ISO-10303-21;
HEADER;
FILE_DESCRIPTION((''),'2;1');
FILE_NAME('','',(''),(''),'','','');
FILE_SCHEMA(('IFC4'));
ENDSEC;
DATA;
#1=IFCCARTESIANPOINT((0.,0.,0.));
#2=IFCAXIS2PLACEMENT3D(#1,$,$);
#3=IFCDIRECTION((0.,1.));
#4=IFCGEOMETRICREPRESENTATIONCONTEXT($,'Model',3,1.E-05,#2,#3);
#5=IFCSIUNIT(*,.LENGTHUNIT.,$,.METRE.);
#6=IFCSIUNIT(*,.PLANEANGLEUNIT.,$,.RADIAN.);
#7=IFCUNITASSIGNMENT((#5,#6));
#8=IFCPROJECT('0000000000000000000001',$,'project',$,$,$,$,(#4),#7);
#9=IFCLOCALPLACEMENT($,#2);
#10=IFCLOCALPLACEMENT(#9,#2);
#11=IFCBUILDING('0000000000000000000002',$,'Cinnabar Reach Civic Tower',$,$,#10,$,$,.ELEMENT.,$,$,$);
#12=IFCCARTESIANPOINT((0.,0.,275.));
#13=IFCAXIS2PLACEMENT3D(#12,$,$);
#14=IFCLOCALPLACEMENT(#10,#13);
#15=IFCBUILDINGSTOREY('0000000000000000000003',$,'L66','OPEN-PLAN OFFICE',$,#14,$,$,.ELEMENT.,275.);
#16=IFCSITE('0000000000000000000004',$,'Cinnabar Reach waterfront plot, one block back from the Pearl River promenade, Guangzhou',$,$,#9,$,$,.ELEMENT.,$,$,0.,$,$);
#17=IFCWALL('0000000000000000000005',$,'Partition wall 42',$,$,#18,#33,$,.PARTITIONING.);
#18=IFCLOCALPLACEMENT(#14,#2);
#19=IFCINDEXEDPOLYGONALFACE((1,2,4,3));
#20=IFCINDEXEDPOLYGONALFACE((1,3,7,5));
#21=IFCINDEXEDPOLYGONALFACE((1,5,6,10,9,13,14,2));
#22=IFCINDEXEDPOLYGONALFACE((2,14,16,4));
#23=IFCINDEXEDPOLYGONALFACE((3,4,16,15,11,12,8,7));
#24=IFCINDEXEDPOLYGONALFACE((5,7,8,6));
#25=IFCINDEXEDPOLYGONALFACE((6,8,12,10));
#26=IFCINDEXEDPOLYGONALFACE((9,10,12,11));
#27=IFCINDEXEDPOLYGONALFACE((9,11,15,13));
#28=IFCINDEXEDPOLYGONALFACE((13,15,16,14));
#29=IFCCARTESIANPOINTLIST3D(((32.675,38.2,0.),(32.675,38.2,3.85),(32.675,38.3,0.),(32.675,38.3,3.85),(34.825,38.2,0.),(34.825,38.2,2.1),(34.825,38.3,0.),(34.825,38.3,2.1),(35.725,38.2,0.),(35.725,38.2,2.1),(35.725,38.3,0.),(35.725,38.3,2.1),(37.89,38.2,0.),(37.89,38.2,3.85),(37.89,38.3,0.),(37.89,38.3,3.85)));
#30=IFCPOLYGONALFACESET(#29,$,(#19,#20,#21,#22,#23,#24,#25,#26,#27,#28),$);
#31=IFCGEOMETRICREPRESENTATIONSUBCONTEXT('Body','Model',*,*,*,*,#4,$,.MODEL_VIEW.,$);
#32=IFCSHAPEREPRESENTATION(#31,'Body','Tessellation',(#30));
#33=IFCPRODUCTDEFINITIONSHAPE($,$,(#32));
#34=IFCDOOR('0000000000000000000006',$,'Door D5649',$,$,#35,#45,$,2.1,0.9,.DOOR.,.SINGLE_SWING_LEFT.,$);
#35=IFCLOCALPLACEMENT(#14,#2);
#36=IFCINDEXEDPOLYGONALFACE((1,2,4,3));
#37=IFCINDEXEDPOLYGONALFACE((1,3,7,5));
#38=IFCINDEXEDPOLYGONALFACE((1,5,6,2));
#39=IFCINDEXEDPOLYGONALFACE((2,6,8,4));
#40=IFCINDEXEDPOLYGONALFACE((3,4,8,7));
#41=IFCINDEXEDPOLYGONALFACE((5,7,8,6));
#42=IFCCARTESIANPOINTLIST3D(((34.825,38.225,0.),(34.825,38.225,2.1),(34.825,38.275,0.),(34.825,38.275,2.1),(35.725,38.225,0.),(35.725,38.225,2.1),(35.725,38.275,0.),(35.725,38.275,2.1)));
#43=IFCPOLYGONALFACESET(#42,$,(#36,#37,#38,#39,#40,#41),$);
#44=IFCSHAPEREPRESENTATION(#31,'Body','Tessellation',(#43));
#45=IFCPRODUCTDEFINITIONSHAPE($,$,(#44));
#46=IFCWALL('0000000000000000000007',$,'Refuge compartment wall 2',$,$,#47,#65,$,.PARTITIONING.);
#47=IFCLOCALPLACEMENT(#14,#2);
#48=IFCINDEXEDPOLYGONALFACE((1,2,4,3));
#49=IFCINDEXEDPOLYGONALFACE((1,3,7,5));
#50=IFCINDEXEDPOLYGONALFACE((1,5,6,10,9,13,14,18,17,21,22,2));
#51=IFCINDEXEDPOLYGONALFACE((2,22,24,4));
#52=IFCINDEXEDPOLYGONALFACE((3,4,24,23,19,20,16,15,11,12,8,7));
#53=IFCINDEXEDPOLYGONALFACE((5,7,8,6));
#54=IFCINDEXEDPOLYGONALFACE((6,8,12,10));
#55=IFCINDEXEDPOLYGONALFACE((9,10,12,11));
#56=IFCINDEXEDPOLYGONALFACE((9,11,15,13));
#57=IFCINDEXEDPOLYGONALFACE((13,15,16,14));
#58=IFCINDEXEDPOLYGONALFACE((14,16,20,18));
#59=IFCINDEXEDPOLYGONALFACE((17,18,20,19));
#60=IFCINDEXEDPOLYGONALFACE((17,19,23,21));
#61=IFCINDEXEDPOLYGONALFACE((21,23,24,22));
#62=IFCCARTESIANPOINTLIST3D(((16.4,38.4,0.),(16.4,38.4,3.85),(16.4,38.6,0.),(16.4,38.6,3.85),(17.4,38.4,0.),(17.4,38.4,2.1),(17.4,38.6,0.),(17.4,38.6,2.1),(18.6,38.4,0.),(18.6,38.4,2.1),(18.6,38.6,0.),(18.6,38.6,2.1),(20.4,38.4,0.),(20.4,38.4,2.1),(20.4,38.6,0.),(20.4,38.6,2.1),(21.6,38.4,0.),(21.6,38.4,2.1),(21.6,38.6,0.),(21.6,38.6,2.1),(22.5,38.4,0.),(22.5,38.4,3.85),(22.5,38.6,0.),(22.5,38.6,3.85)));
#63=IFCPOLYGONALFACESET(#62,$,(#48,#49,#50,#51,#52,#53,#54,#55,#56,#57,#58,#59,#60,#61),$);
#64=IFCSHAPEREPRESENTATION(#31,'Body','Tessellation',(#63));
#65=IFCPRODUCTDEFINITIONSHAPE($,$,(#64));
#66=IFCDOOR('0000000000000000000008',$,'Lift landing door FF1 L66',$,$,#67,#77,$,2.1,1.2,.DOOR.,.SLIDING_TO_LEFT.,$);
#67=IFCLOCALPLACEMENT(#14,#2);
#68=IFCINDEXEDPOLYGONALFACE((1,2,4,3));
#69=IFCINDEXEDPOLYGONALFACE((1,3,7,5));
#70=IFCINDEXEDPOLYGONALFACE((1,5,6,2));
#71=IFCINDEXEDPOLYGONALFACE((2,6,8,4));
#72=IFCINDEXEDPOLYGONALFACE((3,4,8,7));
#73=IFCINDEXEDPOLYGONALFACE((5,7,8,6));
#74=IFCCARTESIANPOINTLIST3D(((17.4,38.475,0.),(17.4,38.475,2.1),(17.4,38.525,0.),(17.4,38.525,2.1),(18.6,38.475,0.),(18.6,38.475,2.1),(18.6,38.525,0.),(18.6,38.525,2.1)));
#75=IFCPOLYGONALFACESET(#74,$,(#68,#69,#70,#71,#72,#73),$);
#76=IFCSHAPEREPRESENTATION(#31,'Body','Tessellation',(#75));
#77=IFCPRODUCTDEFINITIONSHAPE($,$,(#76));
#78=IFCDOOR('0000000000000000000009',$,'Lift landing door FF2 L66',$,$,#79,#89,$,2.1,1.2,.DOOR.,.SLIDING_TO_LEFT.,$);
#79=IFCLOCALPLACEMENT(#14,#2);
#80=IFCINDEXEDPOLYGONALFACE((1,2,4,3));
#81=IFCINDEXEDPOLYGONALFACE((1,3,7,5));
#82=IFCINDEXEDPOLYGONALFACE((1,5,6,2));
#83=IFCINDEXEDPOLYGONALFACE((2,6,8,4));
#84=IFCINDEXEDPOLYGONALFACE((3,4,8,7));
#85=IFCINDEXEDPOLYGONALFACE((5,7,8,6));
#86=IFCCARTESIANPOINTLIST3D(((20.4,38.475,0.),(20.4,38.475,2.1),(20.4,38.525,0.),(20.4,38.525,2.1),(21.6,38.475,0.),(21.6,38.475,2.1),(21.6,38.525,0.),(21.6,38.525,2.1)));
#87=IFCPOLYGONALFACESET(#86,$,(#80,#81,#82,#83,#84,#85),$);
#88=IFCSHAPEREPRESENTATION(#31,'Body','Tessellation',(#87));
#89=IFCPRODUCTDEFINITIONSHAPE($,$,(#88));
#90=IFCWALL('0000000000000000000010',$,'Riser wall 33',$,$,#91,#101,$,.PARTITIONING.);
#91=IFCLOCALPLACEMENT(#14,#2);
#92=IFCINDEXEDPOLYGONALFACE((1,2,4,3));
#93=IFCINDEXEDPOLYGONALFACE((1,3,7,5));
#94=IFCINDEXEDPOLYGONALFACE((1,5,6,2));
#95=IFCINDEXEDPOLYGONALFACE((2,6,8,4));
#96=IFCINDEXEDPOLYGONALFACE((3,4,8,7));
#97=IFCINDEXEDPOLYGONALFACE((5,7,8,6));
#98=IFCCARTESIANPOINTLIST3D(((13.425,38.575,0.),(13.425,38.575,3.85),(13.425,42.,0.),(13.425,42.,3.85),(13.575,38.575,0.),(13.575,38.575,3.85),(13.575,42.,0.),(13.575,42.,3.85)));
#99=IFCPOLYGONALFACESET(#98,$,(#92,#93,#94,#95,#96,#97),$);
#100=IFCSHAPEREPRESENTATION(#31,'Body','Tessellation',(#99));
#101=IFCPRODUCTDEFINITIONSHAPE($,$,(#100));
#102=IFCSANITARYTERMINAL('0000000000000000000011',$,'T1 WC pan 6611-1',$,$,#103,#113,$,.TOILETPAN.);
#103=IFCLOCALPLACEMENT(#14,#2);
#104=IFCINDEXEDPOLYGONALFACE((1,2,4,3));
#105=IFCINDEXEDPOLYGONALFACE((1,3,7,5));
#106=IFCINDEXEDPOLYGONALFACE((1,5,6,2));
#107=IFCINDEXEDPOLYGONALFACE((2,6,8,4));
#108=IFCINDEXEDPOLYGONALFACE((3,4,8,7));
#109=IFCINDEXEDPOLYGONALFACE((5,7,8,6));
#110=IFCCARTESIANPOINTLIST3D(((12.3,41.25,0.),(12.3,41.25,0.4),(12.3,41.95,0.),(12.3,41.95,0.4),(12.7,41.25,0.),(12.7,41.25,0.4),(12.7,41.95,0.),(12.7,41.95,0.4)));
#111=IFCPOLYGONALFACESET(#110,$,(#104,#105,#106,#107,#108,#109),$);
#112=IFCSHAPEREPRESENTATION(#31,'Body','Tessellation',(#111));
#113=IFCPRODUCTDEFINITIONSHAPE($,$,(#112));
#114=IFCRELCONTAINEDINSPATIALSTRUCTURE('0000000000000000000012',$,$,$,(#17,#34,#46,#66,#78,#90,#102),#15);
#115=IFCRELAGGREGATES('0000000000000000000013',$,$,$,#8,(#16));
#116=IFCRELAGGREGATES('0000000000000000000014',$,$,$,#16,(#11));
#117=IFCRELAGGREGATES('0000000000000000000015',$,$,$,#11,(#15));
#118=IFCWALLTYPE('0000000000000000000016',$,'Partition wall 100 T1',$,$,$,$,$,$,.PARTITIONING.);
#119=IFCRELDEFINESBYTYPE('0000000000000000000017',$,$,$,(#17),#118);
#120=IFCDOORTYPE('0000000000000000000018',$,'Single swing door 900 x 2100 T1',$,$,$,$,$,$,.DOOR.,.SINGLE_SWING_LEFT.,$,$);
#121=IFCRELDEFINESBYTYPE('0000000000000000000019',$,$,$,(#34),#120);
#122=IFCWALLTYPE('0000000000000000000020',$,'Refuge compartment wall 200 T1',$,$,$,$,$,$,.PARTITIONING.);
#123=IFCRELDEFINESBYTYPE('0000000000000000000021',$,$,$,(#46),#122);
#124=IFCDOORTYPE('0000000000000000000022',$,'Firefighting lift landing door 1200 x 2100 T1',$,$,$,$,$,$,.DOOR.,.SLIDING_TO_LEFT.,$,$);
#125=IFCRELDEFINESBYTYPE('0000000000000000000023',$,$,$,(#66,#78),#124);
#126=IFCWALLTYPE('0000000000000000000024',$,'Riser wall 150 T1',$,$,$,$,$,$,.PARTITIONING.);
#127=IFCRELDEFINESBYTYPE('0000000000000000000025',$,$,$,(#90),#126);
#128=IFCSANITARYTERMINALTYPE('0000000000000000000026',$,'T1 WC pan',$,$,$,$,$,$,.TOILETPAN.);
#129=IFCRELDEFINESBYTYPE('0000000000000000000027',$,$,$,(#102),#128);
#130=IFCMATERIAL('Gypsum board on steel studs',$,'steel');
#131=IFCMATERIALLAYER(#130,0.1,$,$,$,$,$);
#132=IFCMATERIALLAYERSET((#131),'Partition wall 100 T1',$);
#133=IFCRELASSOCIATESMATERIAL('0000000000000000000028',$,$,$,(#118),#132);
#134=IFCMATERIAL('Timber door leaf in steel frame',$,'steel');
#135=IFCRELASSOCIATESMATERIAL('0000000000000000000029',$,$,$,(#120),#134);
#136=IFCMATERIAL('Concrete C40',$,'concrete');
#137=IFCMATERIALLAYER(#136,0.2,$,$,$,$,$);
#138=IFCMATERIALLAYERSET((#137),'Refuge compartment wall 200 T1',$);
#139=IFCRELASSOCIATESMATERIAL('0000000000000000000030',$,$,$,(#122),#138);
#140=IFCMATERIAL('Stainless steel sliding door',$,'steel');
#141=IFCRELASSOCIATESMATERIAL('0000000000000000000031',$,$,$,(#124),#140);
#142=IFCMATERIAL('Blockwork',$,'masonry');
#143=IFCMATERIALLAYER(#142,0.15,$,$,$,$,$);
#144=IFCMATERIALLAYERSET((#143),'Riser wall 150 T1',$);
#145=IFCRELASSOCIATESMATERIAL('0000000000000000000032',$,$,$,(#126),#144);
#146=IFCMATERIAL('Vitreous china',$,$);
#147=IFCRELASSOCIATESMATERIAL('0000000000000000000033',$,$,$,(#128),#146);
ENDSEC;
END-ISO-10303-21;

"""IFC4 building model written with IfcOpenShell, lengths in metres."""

from ifc_helpers import new_model, si_unit, direction, frame, frame_2d, origin, origin_2d, place, context, subcontext, project, spatial, rectangle, extrude, material, layer, layer_set, type_object, element, fill, save


model = new_model("IFC4")

# Units and contexts
model_context = context("Model", 3, precision=1e-05, world=origin(), true_north=direction((0.0, 1.0)))
body_context = subcontext(model_context, "Body", "Model", "MODEL_VIEW")
ifc_project = project(units=[si_unit("LENGTHUNIT", "METRE"), si_unit("PLANEANGLEUNIT", "RADIAN")], contexts=[model_context])

# Site, building, storey
site_placement = place(None, origin())
site = spatial("IfcSite", under=ifc_project, at=site_placement, Name="Cinnabar Reach waterfront plot, one block back from the Pearl River promenade, Guangzhou", CompositionType="ELEMENT", RefElevation=0.0)
building_placement = place(site_placement, origin())
building = spatial("IfcBuilding", under=site, at=building_placement, Name="Cinnabar Reach Civic Tower", CompositionType="ELEMENT")
storey_placement = place(building_placement, frame((0.0, 0.0, 275.0)))
storey = spatial("IfcBuildingStorey", under=building, at=storey_placement, Name="L66", Description="OPEN-PLAN OFFICE", CompositionType="ELEMENT", Elevation=275.0)

# Shared definitions
ifc_material_1 = material(Name="Blockwork", Category="masonry")
ifc_material_2 = material(Name="Gypsum board on steel studs", Category="steel")
ifc_layer_1 = layer(ifc_material_2, 0.1)
ifc_layer_set_1 = layer_set([ifc_layer_1], Name="Partition wall 100 T1")
wall_type_1 = type_object("IfcWallType", Name="Partition wall 100 T1", PredefinedType="PARTITIONING", material=ifc_layer_set_1)

# Wall, opening, door
ifc_material_3 = material(Name="Timber door leaf in steel frame", Category="steel")
door_type_1 = type_object("IfcDoorType", Name="Single swing door 900 x 2100 T1", OperationType="SINGLE_SWING_LEFT", PredefinedType="DOOR", material=ifc_material_3)
wall_1_placement = place(storey_placement, frame((32.675, 38.25, 0.0), z_axis=(0.0, 0.0, 1.0), x_axis=(1.0, 0.0, 0.0)))
wall_1 = element("IfcWall", 1, at=wall_1_placement, inside=storey, type_object=wall_type_1, Name="Partition wall 42", PredefinedType="PARTITIONING", context=body_context, shape_type="SweptSolid", body=[
    extrude(rectangle(XDim=5.215, YDim=0.1, at=frame_2d((2.6075, 0.0))), origin(), (0.0, 0.0, 1.0), 3.85),
])
opening_1_placement = place(wall_1_placement, frame((2.15, 0.0, 0.0)))
opening_1 = element("IfcOpeningElement", 2, at=opening_1_placement, cuts=wall_1, PredefinedType="OPENING", context=body_context, shape_type="SweptSolid", body=[
    extrude(rectangle(XDim=0.9, YDim=2.1, at=frame_2d((0.45, 1.05))), frame((0.0, 0.06, 0.0), z_axis=(0.0, -1.0, 0.0), x_axis=(1.0, 0.0, 0.0)), (0.0, 0.0, 1.0), 0.12),
])
door_1_placement = place(opening_1_placement, frame((0.9, 0.0, 0.0), z_axis=(0.0, 0.0, 1.0), x_axis=(-1.0, 0.0, 0.0)))
door_1 = element("IfcDoor", 3, at=door_1_placement, inside=storey, type_object=door_type_1, Name="Door D5649", OperationType="SINGLE_SWING_LEFT", OverallHeight=2.1, OverallWidth=0.9, PredefinedType="DOOR", context=body_context, shape_type="SweptSolid", body=[
    extrude(rectangle(XDim=0.9, YDim=2.1, at=frame_2d((0.45, 1.05))), frame((0.0, 0.025, 0.0), z_axis=(0.0, -1.0, 0.0), x_axis=(1.0, 0.0, 0.0)), (0.0, 0.0, 1.0), 0.05),
])
fill(opening_1, door_1)

# Wall, openings, doors
ifc_material_4 = material(Name="Concrete C40", Category="concrete")
ifc_layer_2 = layer(ifc_material_4, 0.2)
ifc_layer_set_2 = layer_set([ifc_layer_2], Name="Refuge compartment wall 200 T1")
wall_type_2 = type_object("IfcWallType", Name="Refuge compartment wall 200 T1", PredefinedType="PARTITIONING", material=ifc_layer_set_2)
wall_2_placement = place(storey_placement, frame((16.4, 38.5, 0.0), z_axis=(0.0, 0.0, 1.0), x_axis=(1.0, 0.0, 0.0)))
wall_2 = element("IfcWall", 4, at=wall_2_placement, inside=storey, type_object=wall_type_2, Name="Refuge compartment wall 2", PredefinedType="PARTITIONING", context=body_context, shape_type="SweptSolid", body=[
    extrude(rectangle(XDim=6.1, YDim=0.2, at=frame_2d((3.05, 0.0))), origin(), (0.0, 0.0, 1.0), 3.85),
])
opening_2_placement = place(wall_2_placement, frame((1.0, 0.0, 0.0)))
opening_2 = element("IfcOpeningElement", 5, at=opening_2_placement, cuts=wall_2, PredefinedType="OPENING", context=body_context, shape_type="SweptSolid", body=[
    extrude(rectangle(XDim=1.2, YDim=2.1, at=frame_2d((0.6, 1.05))), frame((0.0, 0.11, 0.0), z_axis=(0.0, -1.0, 0.0), x_axis=(1.0, 0.0, 0.0)), (0.0, 0.0, 1.0), 0.22),
])
opening_3_placement = place(wall_2_placement, frame((4.0, 0.0, 0.0)))
opening_3 = element("IfcOpeningElement", 6, at=opening_3_placement, cuts=wall_2, PredefinedType="OPENING", context=body_context, shape_type="SweptSolid", body=[
    extrude(rectangle(XDim=1.2, YDim=2.1, at=frame_2d((0.6, 1.05))), frame((0.0, 0.11, 0.0), z_axis=(0.0, -1.0, 0.0), x_axis=(1.0, 0.0, 0.0)), (0.0, 0.0, 1.0), 0.22),
])
ifc_material_5 = material(Name="Stainless steel sliding door", Category="steel")
door_type_2 = type_object("IfcDoorType", Name="Firefighting lift landing door 1200 x 2100 T1", OperationType="SLIDING_TO_LEFT", PredefinedType="DOOR", material=ifc_material_5)
door_2_placement = place(opening_2_placement, origin())
door_2 = element("IfcDoor", 7, at=door_2_placement, inside=storey, type_object=door_type_2, Name="Lift landing door FF1 L66", OperationType="SLIDING_TO_LEFT", OverallHeight=2.1, OverallWidth=1.2, PredefinedType="DOOR", context=body_context, shape_type="SweptSolid", body=[
    extrude(rectangle(XDim=1.2, YDim=2.1, at=frame_2d((0.6, 1.05))), frame((0.0, 0.025, 0.0), z_axis=(0.0, -1.0, 0.0), x_axis=(1.0, 0.0, 0.0)), (0.0, 0.0, 1.0), 0.05),
])
fill(opening_2, door_2)
door_3_placement = place(opening_3_placement, origin())
door_3 = element("IfcDoor", 8, at=door_3_placement, inside=storey, type_object=door_type_2, Name="Lift landing door FF2 L66", OperationType="SLIDING_TO_LEFT", OverallHeight=2.1, OverallWidth=1.2, PredefinedType="DOOR", context=body_context, shape_type="SweptSolid", body=[
    extrude(rectangle(XDim=1.2, YDim=2.1, at=frame_2d((0.6, 1.05))), frame((0.0, 0.025, 0.0), z_axis=(0.0, -1.0, 0.0), x_axis=(1.0, 0.0, 0.0)), (0.0, 0.0, 1.0), 0.05),
])
fill(opening_3, door_3)

# Wall
ifc_layer_3 = layer(ifc_material_1, 0.15)
ifc_layer_set_3 = layer_set([ifc_layer_3], Name="Riser wall 150 T1")
wall_type_3 = type_object("IfcWallType", Name="Riser wall 150 T1", PredefinedType="PARTITIONING", material=ifc_layer_set_3)
wall_3_placement = place(storey_placement, frame((13.5, 38.575, 0.0), z_axis=(0.0, 0.0, 1.0), x_axis=(0.0, 1.0, 0.0)))
element("IfcWall", 9, at=wall_3_placement, inside=storey, type_object=wall_type_3, Name="Riser wall 33", PredefinedType="PARTITIONING", context=body_context, shape_type="SweptSolid", body=[
    extrude(rectangle(XDim=3.425, YDim=0.15, at=frame_2d((1.7125, 0.0))), origin(), (0.0, 0.0, 1.0), 3.85),
])

# Sanitary terminal
ifc_material_6 = material(Name="Vitreous china")
sanitary_terminal_type = type_object("IfcSanitaryTerminalType", Name="T1 WC pan", PredefinedType="TOILETPAN", material=ifc_material_6)
sanitary_terminal_placement = place(storey_placement, frame((12.5, 41.6, 0.0), z_axis=(0.0, 0.0, 1.0), x_axis=(1.0, 0.0, 0.0)))
element("IfcSanitaryTerminal", 10, at=sanitary_terminal_placement, inside=storey, type_object=sanitary_terminal_type, Name="T1 WC pan 6611-1", PredefinedType="TOILETPAN", context=body_context, shape_type="SweptSolid", body=[
    extrude(rectangle(XDim=0.4, YDim=0.7, at=origin_2d()), origin(), (0.0, 0.0, 1.0), 0.4),
])

save(model, "model.ifc")
